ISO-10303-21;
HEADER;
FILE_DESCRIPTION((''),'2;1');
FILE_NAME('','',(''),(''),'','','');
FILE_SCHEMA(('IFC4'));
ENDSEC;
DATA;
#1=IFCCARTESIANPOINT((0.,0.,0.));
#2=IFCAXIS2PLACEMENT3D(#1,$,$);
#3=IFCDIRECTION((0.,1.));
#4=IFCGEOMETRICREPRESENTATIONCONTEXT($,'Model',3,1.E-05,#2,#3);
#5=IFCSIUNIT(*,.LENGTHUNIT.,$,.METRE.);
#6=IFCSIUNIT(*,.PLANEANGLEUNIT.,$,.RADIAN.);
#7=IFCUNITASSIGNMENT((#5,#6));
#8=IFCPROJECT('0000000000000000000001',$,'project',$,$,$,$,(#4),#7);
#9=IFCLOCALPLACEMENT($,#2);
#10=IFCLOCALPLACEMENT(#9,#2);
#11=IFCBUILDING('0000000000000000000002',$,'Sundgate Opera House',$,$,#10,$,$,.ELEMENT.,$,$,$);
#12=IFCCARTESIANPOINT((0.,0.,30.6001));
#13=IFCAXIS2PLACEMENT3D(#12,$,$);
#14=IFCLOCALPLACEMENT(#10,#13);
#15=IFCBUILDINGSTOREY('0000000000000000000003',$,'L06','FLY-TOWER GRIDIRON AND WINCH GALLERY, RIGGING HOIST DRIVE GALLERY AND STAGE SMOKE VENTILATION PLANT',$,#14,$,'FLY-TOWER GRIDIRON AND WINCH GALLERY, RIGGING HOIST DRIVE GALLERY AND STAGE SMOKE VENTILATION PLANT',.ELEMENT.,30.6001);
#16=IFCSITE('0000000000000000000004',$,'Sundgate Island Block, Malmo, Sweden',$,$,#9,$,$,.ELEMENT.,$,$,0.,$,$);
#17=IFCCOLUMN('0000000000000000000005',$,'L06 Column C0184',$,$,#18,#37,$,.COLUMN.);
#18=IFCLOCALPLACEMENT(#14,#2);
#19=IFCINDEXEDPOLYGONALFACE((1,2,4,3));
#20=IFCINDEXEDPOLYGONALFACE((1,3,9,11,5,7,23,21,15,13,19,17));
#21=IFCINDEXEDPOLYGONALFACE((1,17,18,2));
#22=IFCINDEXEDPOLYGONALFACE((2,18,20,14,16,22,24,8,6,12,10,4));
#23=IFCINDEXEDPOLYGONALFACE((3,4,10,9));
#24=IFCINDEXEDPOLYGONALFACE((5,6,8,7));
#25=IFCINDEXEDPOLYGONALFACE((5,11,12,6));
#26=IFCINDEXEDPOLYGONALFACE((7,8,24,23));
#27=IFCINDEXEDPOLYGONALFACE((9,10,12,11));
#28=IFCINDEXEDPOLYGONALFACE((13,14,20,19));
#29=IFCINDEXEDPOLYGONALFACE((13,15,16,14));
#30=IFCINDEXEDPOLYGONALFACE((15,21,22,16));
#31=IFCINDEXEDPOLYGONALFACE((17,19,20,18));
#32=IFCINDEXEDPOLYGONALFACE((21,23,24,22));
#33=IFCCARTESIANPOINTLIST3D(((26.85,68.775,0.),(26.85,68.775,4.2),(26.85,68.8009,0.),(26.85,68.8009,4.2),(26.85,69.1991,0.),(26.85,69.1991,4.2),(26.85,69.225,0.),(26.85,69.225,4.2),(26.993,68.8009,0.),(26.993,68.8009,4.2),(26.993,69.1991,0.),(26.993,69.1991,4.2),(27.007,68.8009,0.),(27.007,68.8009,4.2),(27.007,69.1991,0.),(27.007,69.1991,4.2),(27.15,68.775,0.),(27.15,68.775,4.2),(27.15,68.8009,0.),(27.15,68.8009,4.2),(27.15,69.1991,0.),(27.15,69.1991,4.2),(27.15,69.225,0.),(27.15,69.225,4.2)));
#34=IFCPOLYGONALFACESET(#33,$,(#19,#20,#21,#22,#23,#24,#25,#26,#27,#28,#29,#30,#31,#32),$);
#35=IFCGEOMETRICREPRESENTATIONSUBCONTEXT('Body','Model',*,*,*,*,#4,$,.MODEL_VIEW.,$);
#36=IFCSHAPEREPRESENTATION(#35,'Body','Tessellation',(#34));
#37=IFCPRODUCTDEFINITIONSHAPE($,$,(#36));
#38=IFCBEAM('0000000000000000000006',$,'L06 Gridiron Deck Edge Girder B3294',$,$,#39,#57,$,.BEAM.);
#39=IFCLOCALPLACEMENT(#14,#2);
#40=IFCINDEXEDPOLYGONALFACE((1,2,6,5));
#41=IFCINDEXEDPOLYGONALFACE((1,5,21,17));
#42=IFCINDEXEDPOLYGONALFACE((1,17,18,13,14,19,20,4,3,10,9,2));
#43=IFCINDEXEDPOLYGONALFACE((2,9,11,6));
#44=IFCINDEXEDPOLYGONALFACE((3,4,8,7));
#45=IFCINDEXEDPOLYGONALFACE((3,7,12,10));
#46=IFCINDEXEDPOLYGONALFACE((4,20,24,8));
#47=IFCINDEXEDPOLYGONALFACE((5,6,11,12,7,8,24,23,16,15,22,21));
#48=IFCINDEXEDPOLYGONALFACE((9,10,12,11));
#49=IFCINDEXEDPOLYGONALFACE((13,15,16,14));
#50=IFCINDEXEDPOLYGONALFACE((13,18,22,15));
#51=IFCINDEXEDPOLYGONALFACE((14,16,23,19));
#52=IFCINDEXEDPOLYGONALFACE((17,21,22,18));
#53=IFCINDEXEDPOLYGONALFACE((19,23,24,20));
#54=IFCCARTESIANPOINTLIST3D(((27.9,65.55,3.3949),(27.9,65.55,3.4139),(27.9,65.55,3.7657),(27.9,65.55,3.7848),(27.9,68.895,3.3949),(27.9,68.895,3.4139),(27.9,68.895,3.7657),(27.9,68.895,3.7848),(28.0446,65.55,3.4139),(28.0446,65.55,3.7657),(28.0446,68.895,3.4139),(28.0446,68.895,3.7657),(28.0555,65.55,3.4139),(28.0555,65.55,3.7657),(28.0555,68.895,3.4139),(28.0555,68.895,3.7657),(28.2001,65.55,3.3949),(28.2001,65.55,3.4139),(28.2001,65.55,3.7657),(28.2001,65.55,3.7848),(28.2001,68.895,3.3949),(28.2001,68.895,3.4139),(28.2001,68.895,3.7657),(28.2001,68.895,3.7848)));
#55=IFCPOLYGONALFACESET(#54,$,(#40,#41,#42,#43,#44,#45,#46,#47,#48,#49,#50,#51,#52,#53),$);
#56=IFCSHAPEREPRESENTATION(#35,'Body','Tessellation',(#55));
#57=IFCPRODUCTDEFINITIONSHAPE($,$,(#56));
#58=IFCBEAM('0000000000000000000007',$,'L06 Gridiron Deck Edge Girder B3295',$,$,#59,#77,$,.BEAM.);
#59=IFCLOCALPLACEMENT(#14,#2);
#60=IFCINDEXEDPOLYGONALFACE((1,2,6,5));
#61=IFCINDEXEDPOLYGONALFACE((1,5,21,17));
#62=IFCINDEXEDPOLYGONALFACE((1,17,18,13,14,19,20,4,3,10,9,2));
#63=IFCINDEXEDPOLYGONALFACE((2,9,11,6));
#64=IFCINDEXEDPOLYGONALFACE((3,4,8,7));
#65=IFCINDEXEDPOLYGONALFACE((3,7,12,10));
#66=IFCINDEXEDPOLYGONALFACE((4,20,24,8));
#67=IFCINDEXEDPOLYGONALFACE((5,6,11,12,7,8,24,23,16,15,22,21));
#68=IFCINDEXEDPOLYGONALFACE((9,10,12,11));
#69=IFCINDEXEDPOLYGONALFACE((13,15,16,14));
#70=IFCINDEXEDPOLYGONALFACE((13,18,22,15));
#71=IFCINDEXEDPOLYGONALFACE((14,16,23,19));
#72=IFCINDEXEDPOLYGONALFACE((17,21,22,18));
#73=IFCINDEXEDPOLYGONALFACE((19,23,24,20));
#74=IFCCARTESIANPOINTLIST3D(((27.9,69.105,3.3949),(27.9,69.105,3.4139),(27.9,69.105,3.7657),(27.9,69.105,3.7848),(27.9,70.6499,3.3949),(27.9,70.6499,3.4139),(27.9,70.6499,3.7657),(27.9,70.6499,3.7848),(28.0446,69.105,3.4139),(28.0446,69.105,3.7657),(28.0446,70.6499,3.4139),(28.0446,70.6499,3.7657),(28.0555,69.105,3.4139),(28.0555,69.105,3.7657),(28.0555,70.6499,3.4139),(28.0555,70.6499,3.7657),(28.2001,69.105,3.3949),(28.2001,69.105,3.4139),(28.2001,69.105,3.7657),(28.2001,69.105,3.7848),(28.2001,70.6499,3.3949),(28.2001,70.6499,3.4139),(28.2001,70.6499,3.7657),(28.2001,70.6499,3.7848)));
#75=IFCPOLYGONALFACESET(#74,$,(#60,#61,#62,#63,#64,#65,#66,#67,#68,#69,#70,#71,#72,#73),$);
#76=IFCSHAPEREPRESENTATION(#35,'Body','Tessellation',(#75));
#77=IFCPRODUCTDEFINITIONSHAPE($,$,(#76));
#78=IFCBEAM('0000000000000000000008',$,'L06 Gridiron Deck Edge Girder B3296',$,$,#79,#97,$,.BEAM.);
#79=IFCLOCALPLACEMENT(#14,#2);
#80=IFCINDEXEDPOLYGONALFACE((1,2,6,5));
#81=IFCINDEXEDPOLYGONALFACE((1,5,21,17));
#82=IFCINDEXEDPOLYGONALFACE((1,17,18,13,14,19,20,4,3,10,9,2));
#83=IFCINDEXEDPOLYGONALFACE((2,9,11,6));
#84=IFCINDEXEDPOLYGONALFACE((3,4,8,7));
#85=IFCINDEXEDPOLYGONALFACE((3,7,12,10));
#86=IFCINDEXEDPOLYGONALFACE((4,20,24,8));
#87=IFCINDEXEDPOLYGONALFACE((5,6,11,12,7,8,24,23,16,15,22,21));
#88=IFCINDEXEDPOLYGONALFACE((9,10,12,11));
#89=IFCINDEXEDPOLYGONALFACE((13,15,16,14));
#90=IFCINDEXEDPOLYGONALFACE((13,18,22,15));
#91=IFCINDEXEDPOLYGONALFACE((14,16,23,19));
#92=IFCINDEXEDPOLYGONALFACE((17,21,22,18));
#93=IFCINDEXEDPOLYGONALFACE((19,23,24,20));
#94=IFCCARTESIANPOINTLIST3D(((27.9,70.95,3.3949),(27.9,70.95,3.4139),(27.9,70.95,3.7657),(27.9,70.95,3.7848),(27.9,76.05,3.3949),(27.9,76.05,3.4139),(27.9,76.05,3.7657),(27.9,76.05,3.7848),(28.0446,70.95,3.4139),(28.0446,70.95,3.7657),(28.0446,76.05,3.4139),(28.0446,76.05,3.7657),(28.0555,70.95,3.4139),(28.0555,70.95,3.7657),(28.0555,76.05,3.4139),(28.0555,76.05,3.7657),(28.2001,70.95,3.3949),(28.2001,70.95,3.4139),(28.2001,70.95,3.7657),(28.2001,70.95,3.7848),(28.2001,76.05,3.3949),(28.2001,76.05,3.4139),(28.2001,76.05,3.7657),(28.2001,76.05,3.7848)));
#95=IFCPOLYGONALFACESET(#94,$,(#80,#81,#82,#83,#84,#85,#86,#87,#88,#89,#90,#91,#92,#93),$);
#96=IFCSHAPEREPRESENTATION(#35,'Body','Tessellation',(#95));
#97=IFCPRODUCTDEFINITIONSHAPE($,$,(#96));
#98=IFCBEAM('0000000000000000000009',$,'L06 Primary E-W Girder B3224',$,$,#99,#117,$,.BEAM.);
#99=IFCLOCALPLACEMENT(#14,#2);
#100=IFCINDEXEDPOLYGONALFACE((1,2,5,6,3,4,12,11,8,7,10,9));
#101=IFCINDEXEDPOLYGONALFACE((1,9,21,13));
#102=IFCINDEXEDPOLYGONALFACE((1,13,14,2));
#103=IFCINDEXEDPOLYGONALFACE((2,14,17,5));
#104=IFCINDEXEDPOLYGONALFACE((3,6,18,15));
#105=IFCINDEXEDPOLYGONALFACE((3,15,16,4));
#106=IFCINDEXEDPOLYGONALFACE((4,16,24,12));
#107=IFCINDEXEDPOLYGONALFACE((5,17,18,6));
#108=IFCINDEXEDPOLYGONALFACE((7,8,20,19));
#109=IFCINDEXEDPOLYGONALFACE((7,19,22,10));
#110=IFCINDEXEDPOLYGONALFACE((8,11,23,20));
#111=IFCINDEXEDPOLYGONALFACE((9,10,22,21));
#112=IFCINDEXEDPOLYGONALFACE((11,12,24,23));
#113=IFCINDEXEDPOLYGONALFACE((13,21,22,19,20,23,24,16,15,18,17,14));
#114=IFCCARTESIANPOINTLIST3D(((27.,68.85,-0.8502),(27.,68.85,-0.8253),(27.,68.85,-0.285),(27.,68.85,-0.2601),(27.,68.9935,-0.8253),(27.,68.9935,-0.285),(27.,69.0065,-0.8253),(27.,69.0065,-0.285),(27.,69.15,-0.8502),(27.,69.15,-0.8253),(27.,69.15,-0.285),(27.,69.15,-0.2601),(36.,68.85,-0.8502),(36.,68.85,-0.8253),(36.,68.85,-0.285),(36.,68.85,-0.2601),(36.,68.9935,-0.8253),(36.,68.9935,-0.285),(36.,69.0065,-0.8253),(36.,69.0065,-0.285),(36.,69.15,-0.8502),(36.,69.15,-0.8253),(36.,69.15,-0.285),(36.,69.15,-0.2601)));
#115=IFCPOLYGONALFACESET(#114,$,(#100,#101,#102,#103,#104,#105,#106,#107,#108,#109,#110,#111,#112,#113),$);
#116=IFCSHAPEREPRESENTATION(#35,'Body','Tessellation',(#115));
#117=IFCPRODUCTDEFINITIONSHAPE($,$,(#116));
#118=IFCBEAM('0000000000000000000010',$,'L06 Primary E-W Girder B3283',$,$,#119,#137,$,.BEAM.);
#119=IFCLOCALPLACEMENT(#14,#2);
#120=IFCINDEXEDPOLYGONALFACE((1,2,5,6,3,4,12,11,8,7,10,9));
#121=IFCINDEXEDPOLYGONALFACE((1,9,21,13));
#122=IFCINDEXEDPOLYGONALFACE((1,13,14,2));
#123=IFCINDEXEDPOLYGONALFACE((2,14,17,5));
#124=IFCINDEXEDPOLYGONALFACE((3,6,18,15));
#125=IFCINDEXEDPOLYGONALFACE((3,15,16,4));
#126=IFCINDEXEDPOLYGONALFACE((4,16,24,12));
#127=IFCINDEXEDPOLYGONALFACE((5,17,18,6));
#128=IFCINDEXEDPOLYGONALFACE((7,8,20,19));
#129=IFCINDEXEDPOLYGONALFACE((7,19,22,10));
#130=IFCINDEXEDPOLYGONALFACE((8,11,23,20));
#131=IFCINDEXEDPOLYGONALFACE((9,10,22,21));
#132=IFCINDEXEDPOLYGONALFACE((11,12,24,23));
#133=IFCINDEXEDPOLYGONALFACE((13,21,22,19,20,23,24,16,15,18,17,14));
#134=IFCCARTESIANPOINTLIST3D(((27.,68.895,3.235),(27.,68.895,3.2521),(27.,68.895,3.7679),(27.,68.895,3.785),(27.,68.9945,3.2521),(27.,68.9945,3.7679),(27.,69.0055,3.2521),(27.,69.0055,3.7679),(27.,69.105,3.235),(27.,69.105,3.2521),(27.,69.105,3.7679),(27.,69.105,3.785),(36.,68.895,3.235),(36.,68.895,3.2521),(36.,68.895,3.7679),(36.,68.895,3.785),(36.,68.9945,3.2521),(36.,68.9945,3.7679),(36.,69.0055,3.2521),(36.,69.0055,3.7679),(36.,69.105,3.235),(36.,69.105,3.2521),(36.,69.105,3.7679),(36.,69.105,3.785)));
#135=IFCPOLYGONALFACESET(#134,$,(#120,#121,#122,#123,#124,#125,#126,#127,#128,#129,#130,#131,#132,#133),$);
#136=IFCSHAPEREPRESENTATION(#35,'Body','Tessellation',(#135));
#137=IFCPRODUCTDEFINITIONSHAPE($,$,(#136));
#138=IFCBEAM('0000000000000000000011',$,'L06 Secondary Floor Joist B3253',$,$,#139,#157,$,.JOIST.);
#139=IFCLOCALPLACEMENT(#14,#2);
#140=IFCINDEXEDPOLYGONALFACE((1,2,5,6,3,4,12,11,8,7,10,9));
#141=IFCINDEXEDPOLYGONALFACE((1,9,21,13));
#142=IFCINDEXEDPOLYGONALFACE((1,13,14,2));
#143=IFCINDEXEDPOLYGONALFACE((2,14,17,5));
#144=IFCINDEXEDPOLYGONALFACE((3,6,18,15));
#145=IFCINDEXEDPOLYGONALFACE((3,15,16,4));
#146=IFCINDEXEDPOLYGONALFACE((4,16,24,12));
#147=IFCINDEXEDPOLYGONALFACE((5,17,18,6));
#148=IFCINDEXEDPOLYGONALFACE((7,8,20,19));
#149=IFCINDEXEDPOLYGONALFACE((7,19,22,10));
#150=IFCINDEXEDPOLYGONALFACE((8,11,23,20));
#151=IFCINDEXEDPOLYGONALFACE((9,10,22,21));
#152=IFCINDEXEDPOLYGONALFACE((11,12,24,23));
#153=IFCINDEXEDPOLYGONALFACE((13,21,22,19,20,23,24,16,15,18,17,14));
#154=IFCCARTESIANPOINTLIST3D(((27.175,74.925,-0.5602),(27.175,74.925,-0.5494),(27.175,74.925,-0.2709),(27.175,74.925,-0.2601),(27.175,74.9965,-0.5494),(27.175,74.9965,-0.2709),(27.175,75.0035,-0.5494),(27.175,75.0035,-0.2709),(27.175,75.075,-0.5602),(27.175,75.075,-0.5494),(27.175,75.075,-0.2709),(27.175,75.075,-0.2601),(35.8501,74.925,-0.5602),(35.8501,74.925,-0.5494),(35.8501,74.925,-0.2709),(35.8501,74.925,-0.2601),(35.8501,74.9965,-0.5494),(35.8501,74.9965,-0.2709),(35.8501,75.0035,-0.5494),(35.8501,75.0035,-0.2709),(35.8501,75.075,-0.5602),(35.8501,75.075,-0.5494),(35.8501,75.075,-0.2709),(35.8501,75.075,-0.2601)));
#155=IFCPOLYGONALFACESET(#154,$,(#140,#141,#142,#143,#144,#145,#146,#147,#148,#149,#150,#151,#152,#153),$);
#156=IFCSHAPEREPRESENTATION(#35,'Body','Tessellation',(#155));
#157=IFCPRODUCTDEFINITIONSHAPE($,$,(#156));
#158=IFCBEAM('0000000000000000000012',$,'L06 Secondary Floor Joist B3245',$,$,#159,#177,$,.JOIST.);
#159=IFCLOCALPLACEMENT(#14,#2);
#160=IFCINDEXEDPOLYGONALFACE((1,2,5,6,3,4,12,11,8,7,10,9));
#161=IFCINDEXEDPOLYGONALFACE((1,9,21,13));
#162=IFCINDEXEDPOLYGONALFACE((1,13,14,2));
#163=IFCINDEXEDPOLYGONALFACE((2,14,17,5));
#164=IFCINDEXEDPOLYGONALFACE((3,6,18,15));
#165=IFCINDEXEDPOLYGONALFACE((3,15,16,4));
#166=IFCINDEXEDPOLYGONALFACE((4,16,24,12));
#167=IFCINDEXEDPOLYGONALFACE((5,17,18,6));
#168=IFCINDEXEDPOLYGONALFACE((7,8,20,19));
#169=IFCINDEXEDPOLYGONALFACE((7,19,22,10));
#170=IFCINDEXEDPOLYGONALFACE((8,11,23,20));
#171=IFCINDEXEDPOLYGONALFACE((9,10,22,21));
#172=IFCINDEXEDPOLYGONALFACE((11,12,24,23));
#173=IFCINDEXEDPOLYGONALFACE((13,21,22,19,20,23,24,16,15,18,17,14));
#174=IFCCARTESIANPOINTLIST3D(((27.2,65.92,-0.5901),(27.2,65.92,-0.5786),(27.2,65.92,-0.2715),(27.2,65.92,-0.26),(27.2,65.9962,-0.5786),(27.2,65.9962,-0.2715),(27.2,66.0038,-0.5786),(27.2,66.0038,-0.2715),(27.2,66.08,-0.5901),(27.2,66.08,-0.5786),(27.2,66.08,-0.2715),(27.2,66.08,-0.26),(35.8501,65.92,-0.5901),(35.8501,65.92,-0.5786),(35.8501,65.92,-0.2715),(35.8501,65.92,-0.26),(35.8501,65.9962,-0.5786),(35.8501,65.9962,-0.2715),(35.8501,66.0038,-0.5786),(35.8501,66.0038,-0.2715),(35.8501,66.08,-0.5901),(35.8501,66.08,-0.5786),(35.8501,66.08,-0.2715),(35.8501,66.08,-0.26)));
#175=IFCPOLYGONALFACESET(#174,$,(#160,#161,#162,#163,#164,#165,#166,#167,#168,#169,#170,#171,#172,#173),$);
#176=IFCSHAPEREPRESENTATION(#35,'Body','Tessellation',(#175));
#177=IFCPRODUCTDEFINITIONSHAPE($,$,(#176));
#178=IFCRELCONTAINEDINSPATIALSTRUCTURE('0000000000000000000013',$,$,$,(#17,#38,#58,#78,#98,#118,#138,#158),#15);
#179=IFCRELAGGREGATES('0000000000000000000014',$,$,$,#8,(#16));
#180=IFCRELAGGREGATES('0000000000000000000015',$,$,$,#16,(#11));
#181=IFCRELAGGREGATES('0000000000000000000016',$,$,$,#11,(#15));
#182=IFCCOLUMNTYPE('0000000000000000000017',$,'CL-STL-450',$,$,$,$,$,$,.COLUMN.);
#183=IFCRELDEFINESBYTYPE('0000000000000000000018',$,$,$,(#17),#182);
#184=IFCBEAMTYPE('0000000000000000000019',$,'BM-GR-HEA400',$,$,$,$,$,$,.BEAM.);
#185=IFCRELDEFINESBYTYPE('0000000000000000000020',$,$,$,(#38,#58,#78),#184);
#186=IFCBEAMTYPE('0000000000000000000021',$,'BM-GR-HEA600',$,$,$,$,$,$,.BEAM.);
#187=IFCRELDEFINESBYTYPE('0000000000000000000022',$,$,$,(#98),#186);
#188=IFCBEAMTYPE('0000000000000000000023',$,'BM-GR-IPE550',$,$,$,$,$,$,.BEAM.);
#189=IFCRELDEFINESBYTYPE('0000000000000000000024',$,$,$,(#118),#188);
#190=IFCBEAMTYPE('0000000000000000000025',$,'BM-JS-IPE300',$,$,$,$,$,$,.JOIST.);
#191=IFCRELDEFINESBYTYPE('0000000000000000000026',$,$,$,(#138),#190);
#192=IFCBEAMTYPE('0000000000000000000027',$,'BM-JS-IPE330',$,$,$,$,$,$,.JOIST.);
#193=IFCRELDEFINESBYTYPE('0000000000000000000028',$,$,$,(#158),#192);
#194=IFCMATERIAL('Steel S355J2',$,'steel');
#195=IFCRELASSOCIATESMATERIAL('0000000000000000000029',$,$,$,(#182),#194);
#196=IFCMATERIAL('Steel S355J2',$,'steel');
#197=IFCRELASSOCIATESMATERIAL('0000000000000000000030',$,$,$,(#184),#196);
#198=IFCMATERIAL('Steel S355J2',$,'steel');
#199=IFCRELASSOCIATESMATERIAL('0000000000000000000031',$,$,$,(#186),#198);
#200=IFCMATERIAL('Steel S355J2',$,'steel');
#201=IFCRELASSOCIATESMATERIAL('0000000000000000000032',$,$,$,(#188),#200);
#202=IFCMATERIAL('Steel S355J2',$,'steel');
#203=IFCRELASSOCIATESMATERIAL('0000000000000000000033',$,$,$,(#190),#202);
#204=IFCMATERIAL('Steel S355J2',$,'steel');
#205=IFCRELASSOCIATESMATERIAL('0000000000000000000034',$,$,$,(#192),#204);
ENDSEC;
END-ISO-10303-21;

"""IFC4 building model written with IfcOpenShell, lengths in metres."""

from ifc_helpers import new_model, si_unit, direction, frame, origin, origin_2d, place, context, subcontext, project, spatial, i_section, extrude, material, material_profile, profile_set, type_object, element, save


model = new_model("IFC4")

# Units and contexts
model_context = context("Model", 3, precision=1e-05, world=origin(), true_north=direction((0.0, 1.0)))
body_context = subcontext(model_context, "Body", "Model", "MODEL_VIEW")
ifc_project = project(units=[si_unit("LENGTHUNIT", "METRE"), si_unit("PLANEANGLEUNIT", "RADIAN")], contexts=[model_context])

# Site, building, storey
site_placement = place(None, origin())
site = spatial("IfcSite", under=ifc_project, at=site_placement, Name="Sundgate Island Block, Malmo, Sweden", CompositionType="ELEMENT", RefElevation=0.0)
building_placement = place(site_placement, origin())
building = spatial("IfcBuilding", under=site, at=building_placement, Name="Sundgate Opera House", CompositionType="ELEMENT")
storey_placement = place(building_placement, frame((0.0, 0.0, 30.6001)))
storey = spatial("IfcBuildingStorey", under=building, at=storey_placement, Name="L06", Description="FLY-TOWER GRIDIRON AND WINCH GALLERY, RIGGING HOIST DRIVE GALLERY AND STAGE SMOKE VENTILATION PLANT", LongName="FLY-TOWER GRIDIRON AND WINCH GALLERY, RIGGING HOIST DRIVE GALLERY AND STAGE SMOKE VENTILATION PLANT", CompositionType="ELEMENT", Elevation=30.6001)

# Column
ifc_material_1 = material(Name="Steel S355J2", Category="steel")
ifc_material_profile_1 = material_profile(ifc_material_1, i_section(OverallWidth=0.3, OverallDepth=0.45, WebThickness=0.0139, FlangeThickness=0.0259, at=origin_2d()), Name="HEB 450")
ifc_profile_set_1 = profile_set([ifc_material_profile_1], Name="Steel S355J2")
column_type = type_object("IfcColumnType", Name="CL-STL-450", PredefinedType="COLUMN", material=ifc_profile_set_1)
column_placement = place(storey_placement, frame((27.0, 69.0, 0.0), z_axis=(0.0, 0.0, 1.0), x_axis=(1.0, 0.0, 0.0)))
element("IfcColumn", 1, at=column_placement, inside=storey, type_object=column_type, Name="L06 Column C0184", PredefinedType="COLUMN", context=body_context, shape_type="SweptSolid", body=[
    extrude(i_section(OverallWidth=0.3, OverallDepth=0.45, WebThickness=0.0139, FlangeThickness=0.0259, at=origin_2d()), origin(), (0.0, 0.0, 1.0), 4.2),
])

# Beams
ifc_material_2 = material(Name="Steel S355J2", Category="steel")
ifc_material_profile_2 = material_profile(ifc_material_2, i_section(OverallWidth=0.3, OverallDepth=0.3899, WebThickness=0.011, FlangeThickness=0.019, at=origin_2d()), Name="HEA 400")
ifc_profile_set_2 = profile_set([ifc_material_profile_2], Name="Steel S355J2")
beam_type_1 = type_object("IfcBeamType", Name="BM-GR-HEA400", PredefinedType="BEAM", material=ifc_profile_set_2)
beam_1_placement = place(storey_placement, frame((28.05, 65.55, 3.5898), z_axis=(0.0, 1.0, 0.0), x_axis=(-1.0, 0.0, 0.0)))
element("IfcBeam", 2, at=beam_1_placement, inside=storey, type_object=beam_type_1, Name="L06 Gridiron Deck Edge Girder B3294", PredefinedType="BEAM", context=body_context, shape_type="SweptSolid", body=[
    extrude(i_section(OverallWidth=0.3, OverallDepth=0.3899, WebThickness=0.011, FlangeThickness=0.019, at=origin_2d()), origin(), (0.0, 0.0, 1.0), 3.345),
])
beam_2_placement = place(storey_placement, frame((28.05, 69.105, 3.5898), z_axis=(0.0, 1.0, 0.0), x_axis=(-1.0, 0.0, 0.0)))
element("IfcBeam", 3, at=beam_2_placement, inside=storey, type_object=beam_type_1, Name="L06 Gridiron Deck Edge Girder B3295", PredefinedType="BEAM", context=body_context, shape_type="SweptSolid", body=[
    extrude(i_section(OverallWidth=0.3, OverallDepth=0.3899, WebThickness=0.011, FlangeThickness=0.019, at=origin_2d()), origin(), (0.0, 0.0, 1.0), 1.5449),
])
beam_3_placement = place(storey_placement, frame((28.05, 70.95, 3.5898), z_axis=(0.0, 1.0, 0.0), x_axis=(-1.0, 0.0, 0.0)))
element("IfcBeam", 4, at=beam_3_placement, inside=storey, type_object=beam_type_1, Name="L06 Gridiron Deck Edge Girder B3296", PredefinedType="BEAM", context=body_context, shape_type="SweptSolid", body=[
    extrude(i_section(OverallWidth=0.3, OverallDepth=0.3899, WebThickness=0.011, FlangeThickness=0.019, at=origin_2d()), origin(), (0.0, 0.0, 1.0), 5.1001),
])
ifc_material_3 = material(Name="Steel S355J2", Category="steel")
ifc_material_profile_3 = material_profile(ifc_material_3, i_section(OverallWidth=0.3, OverallDepth=0.5901, WebThickness=0.0129, FlangeThickness=0.0249, at=origin_2d()), Name="HEA 600")
ifc_profile_set_3 = profile_set([ifc_material_profile_3], Name="Steel S355J2")
beam_type_2 = type_object("IfcBeamType", Name="BM-GR-HEA600", PredefinedType="BEAM", material=ifc_profile_set_3)
beam_4_placement = place(storey_placement, frame((27.0, 69.0, -0.5552), z_axis=(1.0, 0.0, 0.0), x_axis=(0.0, 1.0, 0.0)))
element("IfcBeam", 5, at=beam_4_placement, inside=storey, type_object=beam_type_2, Name="L06 Primary E-W Girder B3224", PredefinedType="BEAM", context=body_context, shape_type="SweptSolid", body=[
    extrude(i_section(OverallWidth=0.3, OverallDepth=0.5901, WebThickness=0.0129, FlangeThickness=0.0249, at=origin_2d()), origin(), (0.0, 0.0, 1.0), 9.0),
])
ifc_material_4 = material(Name="Steel S355J2", Category="steel")
ifc_material_profile_4 = material_profile(ifc_material_4, i_section(OverallWidth=0.21, OverallDepth=0.55, WebThickness=0.011, FlangeThickness=0.0171, at=origin_2d()), Name="IPE 550")
ifc_profile_set_4 = profile_set([ifc_material_profile_4], Name="Steel S355J2")
beam_type_3 = type_object("IfcBeamType", Name="BM-GR-IPE550", PredefinedType="BEAM", material=ifc_profile_set_4)
beam_5_placement = place(storey_placement, frame((27.0, 69.0, 3.51), z_axis=(1.0, 0.0, 0.0), x_axis=(0.0, 1.0, 0.0)))
element("IfcBeam", 6, at=beam_5_placement, inside=storey, type_object=beam_type_3, Name="L06 Primary E-W Girder B3283", PredefinedType="BEAM", context=body_context, shape_type="SweptSolid", body=[
    extrude(i_section(OverallWidth=0.21, OverallDepth=0.55, WebThickness=0.011, FlangeThickness=0.0171, at=origin_2d()), origin(), (0.0, 0.0, 1.0), 9.0),
])
ifc_material_5 = material(Name="Steel S355J2", Category="steel")
ifc_material_profile_5 = material_profile(ifc_material_5, i_section(OverallWidth=0.1499, OverallDepth=0.3, WebThickness=0.0071, FlangeThickness=0.0107, at=origin_2d()), Name="IPE 300")
ifc_profile_set_5 = profile_set([ifc_material_profile_5], Name="Steel S355J2")
beam_type_4 = type_object("IfcBeamType", Name="BM-JS-IPE300", PredefinedType="JOIST", material=ifc_profile_set_5)
beam_6_placement = place(storey_placement, frame((27.175, 75.0, -0.4102), z_axis=(1.0, 0.0, 0.0), x_axis=(0.0, 1.0, 0.0)))
element("IfcBeam", 7, at=beam_6_placement, inside=storey, type_object=beam_type_4, Name="L06 Secondary Floor Joist B3253", PredefinedType="JOIST", context=body_context, shape_type="SweptSolid", body=[
    extrude(i_section(OverallWidth=0.1499, OverallDepth=0.3, WebThickness=0.0071, FlangeThickness=0.0107, at=origin_2d()), origin(), (0.0, 0.0, 1.0), 8.675),
])
ifc_material_6 = material(Name="Steel S355J2", Category="steel")
ifc_material_profile_6 = material_profile(ifc_material_6, i_section(OverallWidth=0.1599, OverallDepth=0.3301, WebThickness=0.0076, FlangeThickness=0.0115, at=origin_2d()), Name="IPE 330")
ifc_profile_set_6 = profile_set([ifc_material_profile_6], Name="Steel S355J2")
beam_type_5 = type_object("IfcBeamType", Name="BM-JS-IPE330", PredefinedType="JOIST", material=ifc_profile_set_6)
beam_7_placement = place(storey_placement, frame((27.2, 66.0, -0.425), z_axis=(1.0, 0.0, 0.0), x_axis=(0.0, 1.0, 0.0)))
element("IfcBeam", 8, at=beam_7_placement, inside=storey, type_object=beam_type_5, Name="L06 Secondary Floor Joist B3245", PredefinedType="JOIST", context=body_context, shape_type="SweptSolid", body=[
    extrude(i_section(OverallWidth=0.1599, OverallDepth=0.3301, WebThickness=0.0076, FlangeThickness=0.0115, at=origin_2d()), origin(), (0.0, 0.0, 1.0), 8.6501),
])

save(model, "model.ifc")
